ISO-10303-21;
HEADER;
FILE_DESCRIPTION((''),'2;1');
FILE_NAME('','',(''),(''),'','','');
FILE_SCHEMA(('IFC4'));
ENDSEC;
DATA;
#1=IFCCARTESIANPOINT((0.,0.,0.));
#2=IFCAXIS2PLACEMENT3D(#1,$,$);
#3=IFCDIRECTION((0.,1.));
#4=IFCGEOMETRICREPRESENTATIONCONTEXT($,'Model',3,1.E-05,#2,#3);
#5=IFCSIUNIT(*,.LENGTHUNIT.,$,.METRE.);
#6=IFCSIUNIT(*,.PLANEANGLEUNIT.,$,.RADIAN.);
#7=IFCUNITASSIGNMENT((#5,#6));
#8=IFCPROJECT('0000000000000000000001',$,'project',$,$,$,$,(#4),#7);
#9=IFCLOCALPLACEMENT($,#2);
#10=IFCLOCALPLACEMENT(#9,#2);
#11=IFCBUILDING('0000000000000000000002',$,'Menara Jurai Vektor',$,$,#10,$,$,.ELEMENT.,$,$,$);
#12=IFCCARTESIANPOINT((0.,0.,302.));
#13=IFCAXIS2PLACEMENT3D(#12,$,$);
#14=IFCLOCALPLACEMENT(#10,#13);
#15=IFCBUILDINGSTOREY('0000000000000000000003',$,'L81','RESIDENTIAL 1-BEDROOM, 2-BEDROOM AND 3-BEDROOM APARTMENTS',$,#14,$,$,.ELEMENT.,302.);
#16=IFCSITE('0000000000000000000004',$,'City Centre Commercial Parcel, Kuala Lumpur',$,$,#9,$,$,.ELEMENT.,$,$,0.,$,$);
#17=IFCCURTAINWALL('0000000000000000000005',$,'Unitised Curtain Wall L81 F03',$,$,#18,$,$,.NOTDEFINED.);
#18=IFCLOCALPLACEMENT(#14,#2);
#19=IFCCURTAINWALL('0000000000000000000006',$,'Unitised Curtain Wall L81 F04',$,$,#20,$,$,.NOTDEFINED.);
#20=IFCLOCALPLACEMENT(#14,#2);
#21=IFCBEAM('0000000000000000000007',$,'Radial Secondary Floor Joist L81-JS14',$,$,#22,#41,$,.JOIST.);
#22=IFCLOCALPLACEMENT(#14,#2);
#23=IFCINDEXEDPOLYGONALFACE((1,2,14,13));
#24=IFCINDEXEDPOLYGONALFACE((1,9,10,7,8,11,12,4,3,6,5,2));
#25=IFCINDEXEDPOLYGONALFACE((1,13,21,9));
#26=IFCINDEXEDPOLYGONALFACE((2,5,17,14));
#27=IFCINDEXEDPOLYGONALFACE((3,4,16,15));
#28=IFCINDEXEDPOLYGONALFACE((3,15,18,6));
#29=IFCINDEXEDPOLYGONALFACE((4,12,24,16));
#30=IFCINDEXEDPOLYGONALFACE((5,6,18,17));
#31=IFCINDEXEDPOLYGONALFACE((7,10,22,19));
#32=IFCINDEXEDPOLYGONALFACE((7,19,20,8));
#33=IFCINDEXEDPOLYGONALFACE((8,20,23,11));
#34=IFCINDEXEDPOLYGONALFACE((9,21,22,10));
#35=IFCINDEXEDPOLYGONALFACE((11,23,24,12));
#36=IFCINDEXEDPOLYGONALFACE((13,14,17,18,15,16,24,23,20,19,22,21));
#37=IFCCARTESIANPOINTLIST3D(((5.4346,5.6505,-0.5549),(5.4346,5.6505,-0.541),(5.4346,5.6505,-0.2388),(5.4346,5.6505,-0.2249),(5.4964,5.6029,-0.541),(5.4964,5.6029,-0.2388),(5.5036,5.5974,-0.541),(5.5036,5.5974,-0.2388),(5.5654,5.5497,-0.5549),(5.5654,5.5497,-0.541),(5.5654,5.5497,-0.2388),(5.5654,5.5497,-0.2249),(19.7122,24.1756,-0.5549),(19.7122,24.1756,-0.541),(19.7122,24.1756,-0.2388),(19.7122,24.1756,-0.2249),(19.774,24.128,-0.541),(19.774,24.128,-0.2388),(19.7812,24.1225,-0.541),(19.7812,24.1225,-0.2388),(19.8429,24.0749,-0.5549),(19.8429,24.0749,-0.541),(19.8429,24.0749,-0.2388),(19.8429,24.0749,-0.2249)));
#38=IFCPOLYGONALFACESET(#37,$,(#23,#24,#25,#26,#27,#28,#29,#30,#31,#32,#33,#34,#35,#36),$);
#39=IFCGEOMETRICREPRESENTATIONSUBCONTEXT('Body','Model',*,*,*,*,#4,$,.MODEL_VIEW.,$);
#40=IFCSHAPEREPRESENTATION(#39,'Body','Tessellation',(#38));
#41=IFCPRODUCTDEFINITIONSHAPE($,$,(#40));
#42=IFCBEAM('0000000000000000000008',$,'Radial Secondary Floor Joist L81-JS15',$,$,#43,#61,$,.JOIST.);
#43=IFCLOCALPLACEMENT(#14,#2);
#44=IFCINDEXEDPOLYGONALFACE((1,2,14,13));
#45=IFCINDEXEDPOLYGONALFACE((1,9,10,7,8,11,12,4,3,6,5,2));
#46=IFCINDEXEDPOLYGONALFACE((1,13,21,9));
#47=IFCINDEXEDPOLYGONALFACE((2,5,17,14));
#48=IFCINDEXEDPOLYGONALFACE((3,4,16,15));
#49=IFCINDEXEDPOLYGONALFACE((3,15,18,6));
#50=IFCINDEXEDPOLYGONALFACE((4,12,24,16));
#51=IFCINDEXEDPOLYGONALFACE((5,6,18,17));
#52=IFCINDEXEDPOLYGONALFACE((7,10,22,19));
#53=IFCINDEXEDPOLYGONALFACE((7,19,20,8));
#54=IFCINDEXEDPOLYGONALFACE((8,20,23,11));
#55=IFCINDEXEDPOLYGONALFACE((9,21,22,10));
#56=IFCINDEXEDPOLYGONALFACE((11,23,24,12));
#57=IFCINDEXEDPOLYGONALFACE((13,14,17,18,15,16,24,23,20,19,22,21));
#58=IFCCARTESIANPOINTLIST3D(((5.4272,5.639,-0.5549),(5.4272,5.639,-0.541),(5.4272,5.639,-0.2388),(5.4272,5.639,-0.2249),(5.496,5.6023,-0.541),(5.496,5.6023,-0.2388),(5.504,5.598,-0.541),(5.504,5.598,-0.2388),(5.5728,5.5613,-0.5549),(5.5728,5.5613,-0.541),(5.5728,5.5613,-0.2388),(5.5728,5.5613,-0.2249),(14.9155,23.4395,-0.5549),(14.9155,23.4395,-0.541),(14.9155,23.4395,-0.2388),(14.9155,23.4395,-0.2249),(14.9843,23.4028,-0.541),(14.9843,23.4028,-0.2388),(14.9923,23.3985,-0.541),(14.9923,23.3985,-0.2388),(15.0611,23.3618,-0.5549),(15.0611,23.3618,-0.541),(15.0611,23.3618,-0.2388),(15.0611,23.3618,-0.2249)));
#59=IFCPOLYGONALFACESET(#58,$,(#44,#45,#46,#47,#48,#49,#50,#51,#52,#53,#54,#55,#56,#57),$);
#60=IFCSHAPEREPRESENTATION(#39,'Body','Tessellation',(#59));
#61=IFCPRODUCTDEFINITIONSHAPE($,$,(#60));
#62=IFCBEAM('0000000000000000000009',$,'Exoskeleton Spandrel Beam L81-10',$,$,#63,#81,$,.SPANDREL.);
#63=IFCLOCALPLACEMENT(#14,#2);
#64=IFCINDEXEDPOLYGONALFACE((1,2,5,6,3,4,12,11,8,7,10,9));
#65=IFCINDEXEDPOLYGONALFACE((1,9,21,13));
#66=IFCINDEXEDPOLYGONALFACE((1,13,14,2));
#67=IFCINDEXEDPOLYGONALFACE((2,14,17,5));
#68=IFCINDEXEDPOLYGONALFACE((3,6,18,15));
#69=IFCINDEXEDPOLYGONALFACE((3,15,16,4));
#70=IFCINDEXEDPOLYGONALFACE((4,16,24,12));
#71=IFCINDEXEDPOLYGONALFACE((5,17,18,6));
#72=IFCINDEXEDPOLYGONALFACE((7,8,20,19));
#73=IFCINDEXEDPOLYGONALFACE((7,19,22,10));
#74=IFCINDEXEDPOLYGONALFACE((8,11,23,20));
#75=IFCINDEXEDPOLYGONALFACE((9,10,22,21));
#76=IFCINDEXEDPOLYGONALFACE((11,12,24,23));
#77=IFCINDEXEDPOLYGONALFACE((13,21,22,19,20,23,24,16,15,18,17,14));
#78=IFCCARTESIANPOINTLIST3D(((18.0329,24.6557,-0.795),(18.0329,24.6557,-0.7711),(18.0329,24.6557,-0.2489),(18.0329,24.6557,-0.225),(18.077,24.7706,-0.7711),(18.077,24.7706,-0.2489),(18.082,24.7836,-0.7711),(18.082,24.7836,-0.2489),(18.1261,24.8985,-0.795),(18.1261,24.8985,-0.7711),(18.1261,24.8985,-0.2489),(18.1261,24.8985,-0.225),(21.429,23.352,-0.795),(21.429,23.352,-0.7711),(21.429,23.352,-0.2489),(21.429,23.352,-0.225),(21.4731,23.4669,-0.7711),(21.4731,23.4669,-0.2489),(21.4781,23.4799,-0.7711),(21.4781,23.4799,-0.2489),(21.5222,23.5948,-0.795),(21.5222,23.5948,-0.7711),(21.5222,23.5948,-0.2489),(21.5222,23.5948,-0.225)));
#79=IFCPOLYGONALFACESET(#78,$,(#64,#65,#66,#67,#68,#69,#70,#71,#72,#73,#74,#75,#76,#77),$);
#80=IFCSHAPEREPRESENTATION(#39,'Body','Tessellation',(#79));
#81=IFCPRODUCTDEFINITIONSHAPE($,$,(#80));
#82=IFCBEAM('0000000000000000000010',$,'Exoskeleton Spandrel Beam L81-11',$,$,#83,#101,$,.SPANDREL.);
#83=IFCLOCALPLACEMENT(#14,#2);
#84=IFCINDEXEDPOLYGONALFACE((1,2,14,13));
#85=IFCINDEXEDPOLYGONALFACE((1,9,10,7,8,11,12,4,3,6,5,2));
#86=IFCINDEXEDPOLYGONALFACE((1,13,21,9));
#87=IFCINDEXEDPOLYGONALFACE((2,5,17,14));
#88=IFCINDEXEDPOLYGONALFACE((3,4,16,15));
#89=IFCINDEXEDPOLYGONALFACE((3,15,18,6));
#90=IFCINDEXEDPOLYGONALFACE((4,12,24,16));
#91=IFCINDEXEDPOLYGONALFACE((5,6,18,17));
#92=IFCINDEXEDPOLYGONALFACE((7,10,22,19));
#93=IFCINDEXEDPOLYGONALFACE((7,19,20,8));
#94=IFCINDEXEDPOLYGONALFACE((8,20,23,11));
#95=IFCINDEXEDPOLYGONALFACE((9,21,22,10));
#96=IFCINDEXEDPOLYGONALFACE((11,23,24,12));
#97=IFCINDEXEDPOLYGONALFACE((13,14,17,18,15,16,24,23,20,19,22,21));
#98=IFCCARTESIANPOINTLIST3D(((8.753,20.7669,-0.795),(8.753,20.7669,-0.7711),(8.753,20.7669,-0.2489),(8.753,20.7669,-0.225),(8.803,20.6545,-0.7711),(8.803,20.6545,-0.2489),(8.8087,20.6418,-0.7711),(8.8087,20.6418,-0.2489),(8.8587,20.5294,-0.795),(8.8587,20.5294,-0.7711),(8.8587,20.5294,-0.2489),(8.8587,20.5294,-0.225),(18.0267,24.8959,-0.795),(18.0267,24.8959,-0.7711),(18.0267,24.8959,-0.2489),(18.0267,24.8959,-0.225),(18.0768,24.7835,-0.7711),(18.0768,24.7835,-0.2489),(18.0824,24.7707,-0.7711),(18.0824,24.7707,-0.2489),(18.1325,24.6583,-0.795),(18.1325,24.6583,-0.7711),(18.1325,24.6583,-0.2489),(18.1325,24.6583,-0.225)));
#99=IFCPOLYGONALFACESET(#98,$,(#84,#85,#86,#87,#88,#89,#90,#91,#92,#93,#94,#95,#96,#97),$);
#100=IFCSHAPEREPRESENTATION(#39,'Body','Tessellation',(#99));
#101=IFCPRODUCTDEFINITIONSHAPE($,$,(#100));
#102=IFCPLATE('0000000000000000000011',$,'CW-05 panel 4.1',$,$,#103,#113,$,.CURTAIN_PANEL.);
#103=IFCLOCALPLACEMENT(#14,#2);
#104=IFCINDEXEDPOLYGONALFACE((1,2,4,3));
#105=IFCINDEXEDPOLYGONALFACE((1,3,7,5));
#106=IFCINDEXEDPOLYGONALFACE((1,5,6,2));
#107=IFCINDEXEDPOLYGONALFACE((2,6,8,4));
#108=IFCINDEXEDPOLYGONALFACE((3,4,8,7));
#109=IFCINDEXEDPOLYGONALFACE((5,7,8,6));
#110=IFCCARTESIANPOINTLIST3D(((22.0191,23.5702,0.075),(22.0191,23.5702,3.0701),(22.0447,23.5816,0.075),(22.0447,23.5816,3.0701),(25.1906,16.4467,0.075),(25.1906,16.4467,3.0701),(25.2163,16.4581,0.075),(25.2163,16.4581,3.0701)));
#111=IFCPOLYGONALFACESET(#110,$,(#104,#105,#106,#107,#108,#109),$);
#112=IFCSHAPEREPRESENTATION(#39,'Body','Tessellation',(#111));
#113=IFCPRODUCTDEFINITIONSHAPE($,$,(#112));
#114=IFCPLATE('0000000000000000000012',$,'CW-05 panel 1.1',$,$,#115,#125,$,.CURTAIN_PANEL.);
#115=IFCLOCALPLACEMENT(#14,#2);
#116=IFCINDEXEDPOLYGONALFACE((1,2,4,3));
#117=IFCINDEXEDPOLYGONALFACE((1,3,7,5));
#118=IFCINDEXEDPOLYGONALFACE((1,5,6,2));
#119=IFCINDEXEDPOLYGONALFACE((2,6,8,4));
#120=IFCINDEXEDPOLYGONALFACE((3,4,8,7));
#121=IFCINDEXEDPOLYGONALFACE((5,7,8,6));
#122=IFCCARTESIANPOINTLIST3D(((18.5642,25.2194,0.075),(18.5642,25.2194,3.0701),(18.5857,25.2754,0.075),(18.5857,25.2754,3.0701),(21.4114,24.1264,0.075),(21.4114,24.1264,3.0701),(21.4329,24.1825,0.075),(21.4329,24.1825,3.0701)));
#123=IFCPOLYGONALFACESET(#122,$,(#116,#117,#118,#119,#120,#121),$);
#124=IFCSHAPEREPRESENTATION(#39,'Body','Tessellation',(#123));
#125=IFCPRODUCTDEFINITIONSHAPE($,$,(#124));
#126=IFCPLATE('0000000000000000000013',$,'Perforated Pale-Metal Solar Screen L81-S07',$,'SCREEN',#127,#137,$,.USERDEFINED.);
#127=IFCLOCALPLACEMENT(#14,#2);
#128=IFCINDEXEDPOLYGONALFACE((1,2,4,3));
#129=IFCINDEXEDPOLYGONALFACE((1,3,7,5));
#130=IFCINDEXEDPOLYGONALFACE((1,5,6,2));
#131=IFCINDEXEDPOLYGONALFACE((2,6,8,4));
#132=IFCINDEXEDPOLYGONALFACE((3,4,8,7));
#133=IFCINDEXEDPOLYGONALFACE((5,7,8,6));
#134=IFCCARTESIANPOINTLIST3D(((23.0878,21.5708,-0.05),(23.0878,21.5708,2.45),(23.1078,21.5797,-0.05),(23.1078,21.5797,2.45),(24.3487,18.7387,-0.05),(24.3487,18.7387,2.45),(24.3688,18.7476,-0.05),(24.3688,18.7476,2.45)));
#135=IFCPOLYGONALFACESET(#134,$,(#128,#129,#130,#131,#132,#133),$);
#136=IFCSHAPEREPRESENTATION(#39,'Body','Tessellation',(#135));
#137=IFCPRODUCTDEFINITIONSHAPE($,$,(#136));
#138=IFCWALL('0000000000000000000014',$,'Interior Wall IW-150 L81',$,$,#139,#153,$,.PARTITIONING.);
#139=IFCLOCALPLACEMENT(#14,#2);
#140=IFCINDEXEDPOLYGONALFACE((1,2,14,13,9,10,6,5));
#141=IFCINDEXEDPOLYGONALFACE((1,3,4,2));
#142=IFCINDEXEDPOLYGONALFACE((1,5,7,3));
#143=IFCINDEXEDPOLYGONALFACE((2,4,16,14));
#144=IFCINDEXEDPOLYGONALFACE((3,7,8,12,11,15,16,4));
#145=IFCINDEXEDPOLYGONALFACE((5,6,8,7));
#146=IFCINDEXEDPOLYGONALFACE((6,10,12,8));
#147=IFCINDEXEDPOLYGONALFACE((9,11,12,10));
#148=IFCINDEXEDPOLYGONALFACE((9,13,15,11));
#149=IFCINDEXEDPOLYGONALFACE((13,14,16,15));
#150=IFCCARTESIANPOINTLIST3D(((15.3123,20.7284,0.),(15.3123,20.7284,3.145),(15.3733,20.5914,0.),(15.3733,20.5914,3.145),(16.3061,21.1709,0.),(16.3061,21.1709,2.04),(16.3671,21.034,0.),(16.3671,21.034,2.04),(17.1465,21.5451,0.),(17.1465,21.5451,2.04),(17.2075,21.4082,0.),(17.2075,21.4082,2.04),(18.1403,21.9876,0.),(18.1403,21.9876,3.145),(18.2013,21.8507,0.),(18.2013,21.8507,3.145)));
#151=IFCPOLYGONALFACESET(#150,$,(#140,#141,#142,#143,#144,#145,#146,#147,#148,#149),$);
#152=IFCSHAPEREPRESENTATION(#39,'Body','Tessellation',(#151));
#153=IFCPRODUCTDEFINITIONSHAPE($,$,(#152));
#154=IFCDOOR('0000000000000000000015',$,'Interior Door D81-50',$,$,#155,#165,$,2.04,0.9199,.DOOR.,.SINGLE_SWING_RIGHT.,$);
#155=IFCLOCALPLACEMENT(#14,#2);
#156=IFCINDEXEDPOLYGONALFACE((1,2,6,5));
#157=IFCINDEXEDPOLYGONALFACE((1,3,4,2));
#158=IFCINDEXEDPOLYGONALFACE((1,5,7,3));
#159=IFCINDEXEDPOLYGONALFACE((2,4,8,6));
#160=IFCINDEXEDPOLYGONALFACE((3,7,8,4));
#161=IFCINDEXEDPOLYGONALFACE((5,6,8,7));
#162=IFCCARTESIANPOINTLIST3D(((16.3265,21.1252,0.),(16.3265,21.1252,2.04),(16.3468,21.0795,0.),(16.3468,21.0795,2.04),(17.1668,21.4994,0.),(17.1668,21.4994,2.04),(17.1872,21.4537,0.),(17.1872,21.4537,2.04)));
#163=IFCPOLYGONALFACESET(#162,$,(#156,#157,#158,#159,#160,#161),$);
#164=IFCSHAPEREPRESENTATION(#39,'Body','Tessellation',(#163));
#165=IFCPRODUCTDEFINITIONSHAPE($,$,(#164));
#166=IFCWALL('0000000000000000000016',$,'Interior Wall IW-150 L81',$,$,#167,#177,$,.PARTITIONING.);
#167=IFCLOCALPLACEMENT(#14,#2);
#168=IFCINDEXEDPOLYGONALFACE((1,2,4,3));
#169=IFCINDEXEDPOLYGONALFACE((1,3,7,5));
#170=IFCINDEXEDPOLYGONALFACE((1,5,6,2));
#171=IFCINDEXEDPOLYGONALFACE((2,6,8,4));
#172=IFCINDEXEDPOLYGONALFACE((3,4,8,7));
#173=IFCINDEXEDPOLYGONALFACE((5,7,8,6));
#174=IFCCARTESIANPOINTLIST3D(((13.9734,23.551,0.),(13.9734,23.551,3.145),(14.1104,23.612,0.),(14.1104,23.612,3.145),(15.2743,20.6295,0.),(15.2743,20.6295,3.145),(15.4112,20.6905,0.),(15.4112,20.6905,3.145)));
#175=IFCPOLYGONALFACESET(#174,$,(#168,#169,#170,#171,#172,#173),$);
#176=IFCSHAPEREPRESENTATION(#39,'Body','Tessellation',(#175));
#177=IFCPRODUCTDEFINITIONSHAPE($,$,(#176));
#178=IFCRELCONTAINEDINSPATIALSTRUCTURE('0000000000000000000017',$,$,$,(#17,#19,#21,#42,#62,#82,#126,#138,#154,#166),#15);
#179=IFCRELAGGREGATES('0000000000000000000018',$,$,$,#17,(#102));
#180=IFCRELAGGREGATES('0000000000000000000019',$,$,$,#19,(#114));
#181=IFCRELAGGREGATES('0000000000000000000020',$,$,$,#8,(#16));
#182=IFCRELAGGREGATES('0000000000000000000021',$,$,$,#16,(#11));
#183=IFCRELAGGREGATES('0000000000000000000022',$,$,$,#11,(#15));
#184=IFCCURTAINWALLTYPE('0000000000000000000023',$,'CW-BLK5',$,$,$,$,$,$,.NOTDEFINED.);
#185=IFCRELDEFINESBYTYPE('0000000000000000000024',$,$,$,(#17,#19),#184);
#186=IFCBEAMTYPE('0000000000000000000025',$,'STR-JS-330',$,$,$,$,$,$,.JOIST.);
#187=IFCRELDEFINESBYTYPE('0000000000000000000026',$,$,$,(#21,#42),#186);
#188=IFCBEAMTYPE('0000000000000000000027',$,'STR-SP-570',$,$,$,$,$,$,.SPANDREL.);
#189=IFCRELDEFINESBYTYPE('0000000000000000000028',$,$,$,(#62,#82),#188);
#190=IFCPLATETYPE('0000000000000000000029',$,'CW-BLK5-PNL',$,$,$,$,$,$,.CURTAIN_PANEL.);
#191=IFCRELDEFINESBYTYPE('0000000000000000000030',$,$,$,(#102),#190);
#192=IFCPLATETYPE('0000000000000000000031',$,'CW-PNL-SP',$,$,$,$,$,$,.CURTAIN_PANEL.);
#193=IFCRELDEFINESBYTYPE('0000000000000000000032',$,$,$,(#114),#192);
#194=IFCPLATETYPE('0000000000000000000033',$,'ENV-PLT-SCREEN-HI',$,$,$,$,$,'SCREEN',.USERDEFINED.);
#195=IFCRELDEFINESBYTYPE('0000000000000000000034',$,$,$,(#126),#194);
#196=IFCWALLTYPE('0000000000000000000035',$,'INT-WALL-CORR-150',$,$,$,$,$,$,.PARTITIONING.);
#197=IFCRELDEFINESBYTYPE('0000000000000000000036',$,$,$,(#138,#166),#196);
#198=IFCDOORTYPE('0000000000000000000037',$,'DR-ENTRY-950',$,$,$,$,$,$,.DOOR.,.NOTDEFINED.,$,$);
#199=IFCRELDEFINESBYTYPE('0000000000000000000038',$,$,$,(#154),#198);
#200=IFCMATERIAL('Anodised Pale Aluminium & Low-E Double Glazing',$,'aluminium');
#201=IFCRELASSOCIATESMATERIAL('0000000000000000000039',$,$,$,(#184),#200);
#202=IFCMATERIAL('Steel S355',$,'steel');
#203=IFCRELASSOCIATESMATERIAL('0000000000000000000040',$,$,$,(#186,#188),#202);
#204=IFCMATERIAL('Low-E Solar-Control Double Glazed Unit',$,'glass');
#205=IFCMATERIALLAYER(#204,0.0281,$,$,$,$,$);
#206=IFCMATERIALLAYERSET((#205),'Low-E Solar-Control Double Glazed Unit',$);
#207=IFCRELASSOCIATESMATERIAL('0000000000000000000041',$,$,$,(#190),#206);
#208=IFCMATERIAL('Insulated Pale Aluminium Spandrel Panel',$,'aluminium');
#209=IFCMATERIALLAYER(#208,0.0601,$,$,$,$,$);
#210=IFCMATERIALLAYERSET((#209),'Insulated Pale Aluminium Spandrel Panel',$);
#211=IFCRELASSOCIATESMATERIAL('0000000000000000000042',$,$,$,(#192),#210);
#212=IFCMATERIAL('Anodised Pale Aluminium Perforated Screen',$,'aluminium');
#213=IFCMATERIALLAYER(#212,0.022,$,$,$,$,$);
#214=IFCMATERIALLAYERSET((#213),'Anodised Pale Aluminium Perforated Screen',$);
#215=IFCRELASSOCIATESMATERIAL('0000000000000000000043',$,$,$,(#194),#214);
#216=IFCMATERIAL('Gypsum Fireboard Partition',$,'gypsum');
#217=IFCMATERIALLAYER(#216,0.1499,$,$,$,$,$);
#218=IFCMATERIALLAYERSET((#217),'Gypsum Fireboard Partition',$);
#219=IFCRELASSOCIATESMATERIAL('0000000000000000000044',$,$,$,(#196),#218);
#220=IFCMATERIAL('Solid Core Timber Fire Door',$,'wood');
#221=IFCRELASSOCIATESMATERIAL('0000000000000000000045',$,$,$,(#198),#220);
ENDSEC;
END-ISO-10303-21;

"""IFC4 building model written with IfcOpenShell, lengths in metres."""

from ifc_helpers import new_model, si_unit, direction, frame, frame_2d, origin, origin_2d, place, context, subcontext, project, spatial, rectangle, i_section, extrude, material, layer, layer_set, material_profile, profile_set, type_object, element, fill, aggregate, save


model = new_model("IFC4")

# Units and contexts
model_context = context("Model", 3, precision=1e-05, world=origin(), true_north=direction((0.0, 1.0)))
body_context = subcontext(model_context, "Body", "Model", "MODEL_VIEW")
ifc_project = project(units=[si_unit("LENGTHUNIT", "METRE"), si_unit("PLANEANGLEUNIT", "RADIAN")], contexts=[model_context])

# Site, building, storey
site_placement = place(None, origin())
site = spatial("IfcSite", under=ifc_project, at=site_placement, Name="City Centre Commercial Parcel, Kuala Lumpur", CompositionType="ELEMENT", RefElevation=0.0)
building_placement = place(site_placement, origin())
building = spatial("IfcBuilding", under=site, at=building_placement, Name="Menara Jurai Vektor", CompositionType="ELEMENT")
storey_placement = place(building_placement, frame((0.0, 0.0, 302.0)))
storey = spatial("IfcBuildingStorey", under=building, at=storey_placement, Name="L81", Description="RESIDENTIAL 1-BEDROOM, 2-BEDROOM AND 3-BEDROOM APARTMENTS", CompositionType="ELEMENT", Elevation=302.0)

# Curtain walls
ifc_material_1 = material(Name="Anodised Pale Aluminium & Low-E Double Glazing", Category="aluminium")
curtain_wall_type = type_object("IfcCurtainWallType", Name="CW-BLK5", PredefinedType="NOTDEFINED", material=ifc_material_1)
curtain_wall_1_placement = place(storey_placement, origin())
curtain_wall_1 = element("IfcCurtainWall", 1, at=curtain_wall_1_placement, inside=storey, type_object=curtain_wall_type, Name="Unitised Curtain Wall L81 F03", PredefinedType="NOTDEFINED")
curtain_wall_2_placement = place(storey_placement, origin())
curtain_wall_2 = element("IfcCurtainWall", 2, at=curtain_wall_2_placement, inside=storey, type_object=curtain_wall_type, Name="Unitised Curtain Wall L81 F04", PredefinedType="NOTDEFINED")

# Shared definitions
ifc_material_2 = material(Name="Steel S355", Category="steel")

# Beams
ifc_material_profile_1 = material_profile(ifc_material_2, i_section(OverallWidth=0.165, OverallDepth=0.3301, WebThickness=0.009, FlangeThickness=0.0139, at=origin_2d()), Name="PG 330x165x46")
ifc_profile_set_1 = profile_set([ifc_material_profile_1], Name="Steel S355")
beam_type_1 = type_object("IfcBeamType", Name="STR-JS-330", PredefinedType="JOIST", material=ifc_profile_set_1)
beam_1_placement = place(storey_placement, frame((19.7776, 24.1252, -0.3899), z_axis=(-0.610449, -0.792056, 0.0), x_axis=(0.792056, -0.610449, 0.0)))
element("IfcBeam", 3, at=beam_1_placement, inside=storey, type_object=beam_type_1, Name="Radial Secondary Floor Joist L81-JS14", PredefinedType="JOIST", context=body_context, shape_type="SweptSolid", body=[
    extrude(i_section(OverallWidth=0.165, OverallDepth=0.3301, WebThickness=0.009, FlangeThickness=0.0139, at=origin_2d()), origin(), (0.0, 0.0, 1.0), 23.3887),
])
beam_2_placement = place(storey_placement, frame((14.9883, 23.4006, -0.3899), z_axis=(-0.470382, -0.882463, 0.0), x_axis=(0.882463, -0.470382, 0.0)))
element("IfcBeam", 4, at=beam_2_placement, inside=storey, type_object=beam_type_1, Name="Radial Secondary Floor Joist L81-JS15", PredefinedType="JOIST", context=body_context, shape_type="SweptSolid", body=[
    extrude(i_section(OverallWidth=0.165, OverallDepth=0.3301, WebThickness=0.009, FlangeThickness=0.0139, at=origin_2d()), origin(), (0.0, 0.0, 1.0), 20.1714),
])
ifc_material_profile_2 = material_profile(ifc_material_2, i_section(OverallWidth=0.26, OverallDepth=0.5701, WebThickness=0.0139, FlangeThickness=0.0239, at=origin_2d()), Name="PG 570x260x145")
ifc_profile_set_2 = profile_set([ifc_material_profile_2], Name="Steel S355")
beam_type_2 = type_object("IfcBeamType", Name="STR-SP-570", PredefinedType="SPANDREL", material=ifc_profile_set_2)
beam_3_placement = place(storey_placement, frame((21.4756, 23.4734, -0.51), z_axis=(-0.93357, 0.358394, 0.0), x_axis=(-0.358394, -0.93357, 0.0)))
element("IfcBeam", 5, at=beam_3_placement, inside=storey, type_object=beam_type_2, Name="Exoskeleton Spandrel Beam L81-10", PredefinedType="SPANDREL", context=body_context, shape_type="SweptSolid", body=[
    extrude(i_section(OverallWidth=0.26, OverallDepth=0.5701, WebThickness=0.0139, FlangeThickness=0.0239, at=origin_2d()), origin(), (0.0, 0.0, 1.0), 3.6377),
])
beam_4_placement = place(storey_placement, frame((18.0796, 24.7771, -0.51), z_axis=(-0.913546, -0.406736, 0.0), x_axis=(0.406736, -0.913546, 0.0)))
element("IfcBeam", 6, at=beam_4_placement, inside=storey, type_object=beam_type_2, Name="Exoskeleton Spandrel Beam L81-11", PredefinedType="SPANDREL", context=body_context, shape_type="SweptSolid", body=[
    extrude(i_section(OverallWidth=0.26, OverallDepth=0.5701, WebThickness=0.0139, FlangeThickness=0.0239, at=origin_2d()), origin(), (0.0, 0.0, 1.0), 10.1514),
])

# Plates
ifc_material_3 = material(Name="Low-E Solar-Control Double Glazed Unit", Category="glass")
ifc_layer_1 = layer(ifc_material_3, 0.0281)
ifc_layer_set_1 = layer_set([ifc_layer_1], Name="Low-E Solar-Control Double Glazed Unit")
plate_type_1 = type_object("IfcPlateType", Name="CW-BLK5-PNL", PredefinedType="CURTAIN_PANEL", material=ifc_layer_set_1)
plate_1_placement = place(storey_placement, frame((23.6177, 20.0142, 0.075), z_axis=(0.0, 0.0, 1.0), x_axis=(-0.406735, 0.913546, 0.0)))
plate_1 = element("IfcPlate", 7, at=plate_1_placement, type_object=plate_type_1, Name="CW-05 panel 4.1", PredefinedType="CURTAIN_PANEL", context=body_context, shape_type="SweptSolid", body=[
    extrude(rectangle(XDim=7.7976, YDim=0.0281, at=origin_2d()), origin(), (0.0, 0.0, 1.0), 2.9951),
])
aggregate(curtain_wall_1, [plate_1])
ifc_material_4 = material(Name="Insulated Pale Aluminium Spandrel Panel", Category="aluminium")
ifc_layer_2 = layer(ifc_material_4, 0.0601)
ifc_layer_set_2 = layer_set([ifc_layer_2], Name="Insulated Pale Aluminium Spandrel Panel")
plate_type_2 = type_object("IfcPlateType", Name="CW-PNL-SP", PredefinedType="CURTAIN_PANEL", material=ifc_layer_set_2)
plate_2_placement = place(storey_placement, frame((19.9985, 24.7009, 0.075), z_axis=(0.0, 0.0, 1.0), x_axis=(-0.933578, 0.358374, 0.0)))
plate_2 = element("IfcPlate", 8, at=plate_2_placement, type_object=plate_type_2, Name="CW-05 panel 1.1", PredefinedType="CURTAIN_PANEL", context=body_context, shape_type="SweptSolid", body=[
    extrude(rectangle(XDim=3.0498, YDim=0.0601, at=origin_2d()), origin(), (0.0, 0.0, 1.0), 2.9951),
])
aggregate(curtain_wall_2, [plate_2])
ifc_material_5 = material(Name="Anodised Pale Aluminium Perforated Screen", Category="aluminium")
ifc_layer_3 = layer(ifc_material_5, 0.022)
ifc_layer_set_3 = layer_set([ifc_layer_3], Name="Anodised Pale Aluminium Perforated Screen")
plate_type_3 = type_object("IfcPlateType", Name="ENV-PLT-SCREEN-HI", ElementType="SCREEN", PredefinedType="USERDEFINED", material=ifc_layer_set_3)
plate_3_placement = place(storey_placement, frame((23.7283, 20.1592, -0.05), z_axis=(0.0, 0.0, 1.0), x_axis=(-0.406737, 0.913545, 0.0)))
element("IfcPlate", 9, at=plate_3_placement, inside=storey, type_object=plate_type_3, Name="Perforated Pale-Metal Solar Screen L81-S07", ObjectType="SCREEN", PredefinedType="USERDEFINED", context=body_context, shape_type="SweptSolid", body=[
    extrude(rectangle(XDim=3.1001, YDim=0.022, at=origin_2d()), origin(), (0.0, 0.0, 1.0), 2.5),
])

# Wall, opening, door
ifc_material_6 = material(Name="Gypsum Fireboard Partition", Category="gypsum")
ifc_layer_4 = layer(ifc_material_6, 0.1499)
ifc_layer_set_4 = layer_set([ifc_layer_4], Name="Gypsum Fireboard Partition")
wall_type = type_object("IfcWallType", Name="INT-WALL-CORR-150", PredefinedType="PARTITIONING", material=ifc_layer_set_4)
wall_1_placement = place(storey_placement, frame((15.3428, 20.6599, 0.0), z_axis=(0.0, 0.0, 1.0), x_axis=(0.913532, 0.406768, 0.0)))
wall_1 = element("IfcWall", 10, at=wall_1_placement, inside=storey, type_object=wall_type, Name="Interior Wall IW-150 L81", PredefinedType="PARTITIONING", context=body_context, shape_type="SweptSolid", body=[
    extrude(rectangle(XDim=3.0957, YDim=0.1499, at=frame_2d((1.5479, 0.0))), origin(), (0.0, 0.0, 1.0), 3.145),
])
opening_placement = place(wall_1_placement, frame((1.0879, 0.0, 0.0)))
opening = element("IfcOpeningElement", 11, at=opening_placement, cuts=wall_1, PredefinedType="OPENING", context=body_context, shape_type="SweptSolid", body=[
    extrude(rectangle(XDim=0.9199, YDim=2.04, at=frame_2d((0.46, 1.02))), frame((0.0, 0.085, 0.0), z_axis=(0.0, -1.0, 0.0), x_axis=(1.0, 0.0, 0.0)), (0.0, 0.0, 1.0), 0.1699),
])
ifc_material_7 = material(Name="Solid Core Timber Fire Door", Category="wood")
door_type = type_object("IfcDoorType", Name="DR-ENTRY-950", OperationType="NOTDEFINED", PredefinedType="DOOR", material=ifc_material_7)
door_placement = place(opening_placement, origin())
door = element("IfcDoor", 12, at=door_placement, inside=storey, type_object=door_type, Name="Interior Door D81-50", OperationType="SINGLE_SWING_RIGHT", OverallHeight=2.04, OverallWidth=0.9199, PredefinedType="DOOR", context=body_context, shape_type="SweptSolid", body=[
    extrude(rectangle(XDim=0.9199, YDim=2.04, at=frame_2d((0.46, 1.02))), frame((0.0, 0.0249, 0.0), z_axis=(0.0, -1.0, 0.0), x_axis=(1.0, 0.0, 0.0)), (0.0, 0.0, 1.0), 0.05),
])
fill(opening, door)

# Wall
wall_2_placement = place(storey_placement, frame((15.3428, 20.6599, 0.0), z_axis=(0.0, 0.0, 1.0), x_axis=(-0.406762, 0.913534, 0.0)))
element("IfcWall", 13, at=wall_2_placement, inside=storey, type_object=wall_type, Name="Interior Wall IW-150 L81", PredefinedType="PARTITIONING", context=body_context, shape_type="SweptSolid", body=[
    extrude(rectangle(XDim=3.198, YDim=0.1499, at=frame_2d((1.5991, 0.0))), origin(), (0.0, 0.0, 1.0), 3.145),
])

save(model, "model.ifc")
